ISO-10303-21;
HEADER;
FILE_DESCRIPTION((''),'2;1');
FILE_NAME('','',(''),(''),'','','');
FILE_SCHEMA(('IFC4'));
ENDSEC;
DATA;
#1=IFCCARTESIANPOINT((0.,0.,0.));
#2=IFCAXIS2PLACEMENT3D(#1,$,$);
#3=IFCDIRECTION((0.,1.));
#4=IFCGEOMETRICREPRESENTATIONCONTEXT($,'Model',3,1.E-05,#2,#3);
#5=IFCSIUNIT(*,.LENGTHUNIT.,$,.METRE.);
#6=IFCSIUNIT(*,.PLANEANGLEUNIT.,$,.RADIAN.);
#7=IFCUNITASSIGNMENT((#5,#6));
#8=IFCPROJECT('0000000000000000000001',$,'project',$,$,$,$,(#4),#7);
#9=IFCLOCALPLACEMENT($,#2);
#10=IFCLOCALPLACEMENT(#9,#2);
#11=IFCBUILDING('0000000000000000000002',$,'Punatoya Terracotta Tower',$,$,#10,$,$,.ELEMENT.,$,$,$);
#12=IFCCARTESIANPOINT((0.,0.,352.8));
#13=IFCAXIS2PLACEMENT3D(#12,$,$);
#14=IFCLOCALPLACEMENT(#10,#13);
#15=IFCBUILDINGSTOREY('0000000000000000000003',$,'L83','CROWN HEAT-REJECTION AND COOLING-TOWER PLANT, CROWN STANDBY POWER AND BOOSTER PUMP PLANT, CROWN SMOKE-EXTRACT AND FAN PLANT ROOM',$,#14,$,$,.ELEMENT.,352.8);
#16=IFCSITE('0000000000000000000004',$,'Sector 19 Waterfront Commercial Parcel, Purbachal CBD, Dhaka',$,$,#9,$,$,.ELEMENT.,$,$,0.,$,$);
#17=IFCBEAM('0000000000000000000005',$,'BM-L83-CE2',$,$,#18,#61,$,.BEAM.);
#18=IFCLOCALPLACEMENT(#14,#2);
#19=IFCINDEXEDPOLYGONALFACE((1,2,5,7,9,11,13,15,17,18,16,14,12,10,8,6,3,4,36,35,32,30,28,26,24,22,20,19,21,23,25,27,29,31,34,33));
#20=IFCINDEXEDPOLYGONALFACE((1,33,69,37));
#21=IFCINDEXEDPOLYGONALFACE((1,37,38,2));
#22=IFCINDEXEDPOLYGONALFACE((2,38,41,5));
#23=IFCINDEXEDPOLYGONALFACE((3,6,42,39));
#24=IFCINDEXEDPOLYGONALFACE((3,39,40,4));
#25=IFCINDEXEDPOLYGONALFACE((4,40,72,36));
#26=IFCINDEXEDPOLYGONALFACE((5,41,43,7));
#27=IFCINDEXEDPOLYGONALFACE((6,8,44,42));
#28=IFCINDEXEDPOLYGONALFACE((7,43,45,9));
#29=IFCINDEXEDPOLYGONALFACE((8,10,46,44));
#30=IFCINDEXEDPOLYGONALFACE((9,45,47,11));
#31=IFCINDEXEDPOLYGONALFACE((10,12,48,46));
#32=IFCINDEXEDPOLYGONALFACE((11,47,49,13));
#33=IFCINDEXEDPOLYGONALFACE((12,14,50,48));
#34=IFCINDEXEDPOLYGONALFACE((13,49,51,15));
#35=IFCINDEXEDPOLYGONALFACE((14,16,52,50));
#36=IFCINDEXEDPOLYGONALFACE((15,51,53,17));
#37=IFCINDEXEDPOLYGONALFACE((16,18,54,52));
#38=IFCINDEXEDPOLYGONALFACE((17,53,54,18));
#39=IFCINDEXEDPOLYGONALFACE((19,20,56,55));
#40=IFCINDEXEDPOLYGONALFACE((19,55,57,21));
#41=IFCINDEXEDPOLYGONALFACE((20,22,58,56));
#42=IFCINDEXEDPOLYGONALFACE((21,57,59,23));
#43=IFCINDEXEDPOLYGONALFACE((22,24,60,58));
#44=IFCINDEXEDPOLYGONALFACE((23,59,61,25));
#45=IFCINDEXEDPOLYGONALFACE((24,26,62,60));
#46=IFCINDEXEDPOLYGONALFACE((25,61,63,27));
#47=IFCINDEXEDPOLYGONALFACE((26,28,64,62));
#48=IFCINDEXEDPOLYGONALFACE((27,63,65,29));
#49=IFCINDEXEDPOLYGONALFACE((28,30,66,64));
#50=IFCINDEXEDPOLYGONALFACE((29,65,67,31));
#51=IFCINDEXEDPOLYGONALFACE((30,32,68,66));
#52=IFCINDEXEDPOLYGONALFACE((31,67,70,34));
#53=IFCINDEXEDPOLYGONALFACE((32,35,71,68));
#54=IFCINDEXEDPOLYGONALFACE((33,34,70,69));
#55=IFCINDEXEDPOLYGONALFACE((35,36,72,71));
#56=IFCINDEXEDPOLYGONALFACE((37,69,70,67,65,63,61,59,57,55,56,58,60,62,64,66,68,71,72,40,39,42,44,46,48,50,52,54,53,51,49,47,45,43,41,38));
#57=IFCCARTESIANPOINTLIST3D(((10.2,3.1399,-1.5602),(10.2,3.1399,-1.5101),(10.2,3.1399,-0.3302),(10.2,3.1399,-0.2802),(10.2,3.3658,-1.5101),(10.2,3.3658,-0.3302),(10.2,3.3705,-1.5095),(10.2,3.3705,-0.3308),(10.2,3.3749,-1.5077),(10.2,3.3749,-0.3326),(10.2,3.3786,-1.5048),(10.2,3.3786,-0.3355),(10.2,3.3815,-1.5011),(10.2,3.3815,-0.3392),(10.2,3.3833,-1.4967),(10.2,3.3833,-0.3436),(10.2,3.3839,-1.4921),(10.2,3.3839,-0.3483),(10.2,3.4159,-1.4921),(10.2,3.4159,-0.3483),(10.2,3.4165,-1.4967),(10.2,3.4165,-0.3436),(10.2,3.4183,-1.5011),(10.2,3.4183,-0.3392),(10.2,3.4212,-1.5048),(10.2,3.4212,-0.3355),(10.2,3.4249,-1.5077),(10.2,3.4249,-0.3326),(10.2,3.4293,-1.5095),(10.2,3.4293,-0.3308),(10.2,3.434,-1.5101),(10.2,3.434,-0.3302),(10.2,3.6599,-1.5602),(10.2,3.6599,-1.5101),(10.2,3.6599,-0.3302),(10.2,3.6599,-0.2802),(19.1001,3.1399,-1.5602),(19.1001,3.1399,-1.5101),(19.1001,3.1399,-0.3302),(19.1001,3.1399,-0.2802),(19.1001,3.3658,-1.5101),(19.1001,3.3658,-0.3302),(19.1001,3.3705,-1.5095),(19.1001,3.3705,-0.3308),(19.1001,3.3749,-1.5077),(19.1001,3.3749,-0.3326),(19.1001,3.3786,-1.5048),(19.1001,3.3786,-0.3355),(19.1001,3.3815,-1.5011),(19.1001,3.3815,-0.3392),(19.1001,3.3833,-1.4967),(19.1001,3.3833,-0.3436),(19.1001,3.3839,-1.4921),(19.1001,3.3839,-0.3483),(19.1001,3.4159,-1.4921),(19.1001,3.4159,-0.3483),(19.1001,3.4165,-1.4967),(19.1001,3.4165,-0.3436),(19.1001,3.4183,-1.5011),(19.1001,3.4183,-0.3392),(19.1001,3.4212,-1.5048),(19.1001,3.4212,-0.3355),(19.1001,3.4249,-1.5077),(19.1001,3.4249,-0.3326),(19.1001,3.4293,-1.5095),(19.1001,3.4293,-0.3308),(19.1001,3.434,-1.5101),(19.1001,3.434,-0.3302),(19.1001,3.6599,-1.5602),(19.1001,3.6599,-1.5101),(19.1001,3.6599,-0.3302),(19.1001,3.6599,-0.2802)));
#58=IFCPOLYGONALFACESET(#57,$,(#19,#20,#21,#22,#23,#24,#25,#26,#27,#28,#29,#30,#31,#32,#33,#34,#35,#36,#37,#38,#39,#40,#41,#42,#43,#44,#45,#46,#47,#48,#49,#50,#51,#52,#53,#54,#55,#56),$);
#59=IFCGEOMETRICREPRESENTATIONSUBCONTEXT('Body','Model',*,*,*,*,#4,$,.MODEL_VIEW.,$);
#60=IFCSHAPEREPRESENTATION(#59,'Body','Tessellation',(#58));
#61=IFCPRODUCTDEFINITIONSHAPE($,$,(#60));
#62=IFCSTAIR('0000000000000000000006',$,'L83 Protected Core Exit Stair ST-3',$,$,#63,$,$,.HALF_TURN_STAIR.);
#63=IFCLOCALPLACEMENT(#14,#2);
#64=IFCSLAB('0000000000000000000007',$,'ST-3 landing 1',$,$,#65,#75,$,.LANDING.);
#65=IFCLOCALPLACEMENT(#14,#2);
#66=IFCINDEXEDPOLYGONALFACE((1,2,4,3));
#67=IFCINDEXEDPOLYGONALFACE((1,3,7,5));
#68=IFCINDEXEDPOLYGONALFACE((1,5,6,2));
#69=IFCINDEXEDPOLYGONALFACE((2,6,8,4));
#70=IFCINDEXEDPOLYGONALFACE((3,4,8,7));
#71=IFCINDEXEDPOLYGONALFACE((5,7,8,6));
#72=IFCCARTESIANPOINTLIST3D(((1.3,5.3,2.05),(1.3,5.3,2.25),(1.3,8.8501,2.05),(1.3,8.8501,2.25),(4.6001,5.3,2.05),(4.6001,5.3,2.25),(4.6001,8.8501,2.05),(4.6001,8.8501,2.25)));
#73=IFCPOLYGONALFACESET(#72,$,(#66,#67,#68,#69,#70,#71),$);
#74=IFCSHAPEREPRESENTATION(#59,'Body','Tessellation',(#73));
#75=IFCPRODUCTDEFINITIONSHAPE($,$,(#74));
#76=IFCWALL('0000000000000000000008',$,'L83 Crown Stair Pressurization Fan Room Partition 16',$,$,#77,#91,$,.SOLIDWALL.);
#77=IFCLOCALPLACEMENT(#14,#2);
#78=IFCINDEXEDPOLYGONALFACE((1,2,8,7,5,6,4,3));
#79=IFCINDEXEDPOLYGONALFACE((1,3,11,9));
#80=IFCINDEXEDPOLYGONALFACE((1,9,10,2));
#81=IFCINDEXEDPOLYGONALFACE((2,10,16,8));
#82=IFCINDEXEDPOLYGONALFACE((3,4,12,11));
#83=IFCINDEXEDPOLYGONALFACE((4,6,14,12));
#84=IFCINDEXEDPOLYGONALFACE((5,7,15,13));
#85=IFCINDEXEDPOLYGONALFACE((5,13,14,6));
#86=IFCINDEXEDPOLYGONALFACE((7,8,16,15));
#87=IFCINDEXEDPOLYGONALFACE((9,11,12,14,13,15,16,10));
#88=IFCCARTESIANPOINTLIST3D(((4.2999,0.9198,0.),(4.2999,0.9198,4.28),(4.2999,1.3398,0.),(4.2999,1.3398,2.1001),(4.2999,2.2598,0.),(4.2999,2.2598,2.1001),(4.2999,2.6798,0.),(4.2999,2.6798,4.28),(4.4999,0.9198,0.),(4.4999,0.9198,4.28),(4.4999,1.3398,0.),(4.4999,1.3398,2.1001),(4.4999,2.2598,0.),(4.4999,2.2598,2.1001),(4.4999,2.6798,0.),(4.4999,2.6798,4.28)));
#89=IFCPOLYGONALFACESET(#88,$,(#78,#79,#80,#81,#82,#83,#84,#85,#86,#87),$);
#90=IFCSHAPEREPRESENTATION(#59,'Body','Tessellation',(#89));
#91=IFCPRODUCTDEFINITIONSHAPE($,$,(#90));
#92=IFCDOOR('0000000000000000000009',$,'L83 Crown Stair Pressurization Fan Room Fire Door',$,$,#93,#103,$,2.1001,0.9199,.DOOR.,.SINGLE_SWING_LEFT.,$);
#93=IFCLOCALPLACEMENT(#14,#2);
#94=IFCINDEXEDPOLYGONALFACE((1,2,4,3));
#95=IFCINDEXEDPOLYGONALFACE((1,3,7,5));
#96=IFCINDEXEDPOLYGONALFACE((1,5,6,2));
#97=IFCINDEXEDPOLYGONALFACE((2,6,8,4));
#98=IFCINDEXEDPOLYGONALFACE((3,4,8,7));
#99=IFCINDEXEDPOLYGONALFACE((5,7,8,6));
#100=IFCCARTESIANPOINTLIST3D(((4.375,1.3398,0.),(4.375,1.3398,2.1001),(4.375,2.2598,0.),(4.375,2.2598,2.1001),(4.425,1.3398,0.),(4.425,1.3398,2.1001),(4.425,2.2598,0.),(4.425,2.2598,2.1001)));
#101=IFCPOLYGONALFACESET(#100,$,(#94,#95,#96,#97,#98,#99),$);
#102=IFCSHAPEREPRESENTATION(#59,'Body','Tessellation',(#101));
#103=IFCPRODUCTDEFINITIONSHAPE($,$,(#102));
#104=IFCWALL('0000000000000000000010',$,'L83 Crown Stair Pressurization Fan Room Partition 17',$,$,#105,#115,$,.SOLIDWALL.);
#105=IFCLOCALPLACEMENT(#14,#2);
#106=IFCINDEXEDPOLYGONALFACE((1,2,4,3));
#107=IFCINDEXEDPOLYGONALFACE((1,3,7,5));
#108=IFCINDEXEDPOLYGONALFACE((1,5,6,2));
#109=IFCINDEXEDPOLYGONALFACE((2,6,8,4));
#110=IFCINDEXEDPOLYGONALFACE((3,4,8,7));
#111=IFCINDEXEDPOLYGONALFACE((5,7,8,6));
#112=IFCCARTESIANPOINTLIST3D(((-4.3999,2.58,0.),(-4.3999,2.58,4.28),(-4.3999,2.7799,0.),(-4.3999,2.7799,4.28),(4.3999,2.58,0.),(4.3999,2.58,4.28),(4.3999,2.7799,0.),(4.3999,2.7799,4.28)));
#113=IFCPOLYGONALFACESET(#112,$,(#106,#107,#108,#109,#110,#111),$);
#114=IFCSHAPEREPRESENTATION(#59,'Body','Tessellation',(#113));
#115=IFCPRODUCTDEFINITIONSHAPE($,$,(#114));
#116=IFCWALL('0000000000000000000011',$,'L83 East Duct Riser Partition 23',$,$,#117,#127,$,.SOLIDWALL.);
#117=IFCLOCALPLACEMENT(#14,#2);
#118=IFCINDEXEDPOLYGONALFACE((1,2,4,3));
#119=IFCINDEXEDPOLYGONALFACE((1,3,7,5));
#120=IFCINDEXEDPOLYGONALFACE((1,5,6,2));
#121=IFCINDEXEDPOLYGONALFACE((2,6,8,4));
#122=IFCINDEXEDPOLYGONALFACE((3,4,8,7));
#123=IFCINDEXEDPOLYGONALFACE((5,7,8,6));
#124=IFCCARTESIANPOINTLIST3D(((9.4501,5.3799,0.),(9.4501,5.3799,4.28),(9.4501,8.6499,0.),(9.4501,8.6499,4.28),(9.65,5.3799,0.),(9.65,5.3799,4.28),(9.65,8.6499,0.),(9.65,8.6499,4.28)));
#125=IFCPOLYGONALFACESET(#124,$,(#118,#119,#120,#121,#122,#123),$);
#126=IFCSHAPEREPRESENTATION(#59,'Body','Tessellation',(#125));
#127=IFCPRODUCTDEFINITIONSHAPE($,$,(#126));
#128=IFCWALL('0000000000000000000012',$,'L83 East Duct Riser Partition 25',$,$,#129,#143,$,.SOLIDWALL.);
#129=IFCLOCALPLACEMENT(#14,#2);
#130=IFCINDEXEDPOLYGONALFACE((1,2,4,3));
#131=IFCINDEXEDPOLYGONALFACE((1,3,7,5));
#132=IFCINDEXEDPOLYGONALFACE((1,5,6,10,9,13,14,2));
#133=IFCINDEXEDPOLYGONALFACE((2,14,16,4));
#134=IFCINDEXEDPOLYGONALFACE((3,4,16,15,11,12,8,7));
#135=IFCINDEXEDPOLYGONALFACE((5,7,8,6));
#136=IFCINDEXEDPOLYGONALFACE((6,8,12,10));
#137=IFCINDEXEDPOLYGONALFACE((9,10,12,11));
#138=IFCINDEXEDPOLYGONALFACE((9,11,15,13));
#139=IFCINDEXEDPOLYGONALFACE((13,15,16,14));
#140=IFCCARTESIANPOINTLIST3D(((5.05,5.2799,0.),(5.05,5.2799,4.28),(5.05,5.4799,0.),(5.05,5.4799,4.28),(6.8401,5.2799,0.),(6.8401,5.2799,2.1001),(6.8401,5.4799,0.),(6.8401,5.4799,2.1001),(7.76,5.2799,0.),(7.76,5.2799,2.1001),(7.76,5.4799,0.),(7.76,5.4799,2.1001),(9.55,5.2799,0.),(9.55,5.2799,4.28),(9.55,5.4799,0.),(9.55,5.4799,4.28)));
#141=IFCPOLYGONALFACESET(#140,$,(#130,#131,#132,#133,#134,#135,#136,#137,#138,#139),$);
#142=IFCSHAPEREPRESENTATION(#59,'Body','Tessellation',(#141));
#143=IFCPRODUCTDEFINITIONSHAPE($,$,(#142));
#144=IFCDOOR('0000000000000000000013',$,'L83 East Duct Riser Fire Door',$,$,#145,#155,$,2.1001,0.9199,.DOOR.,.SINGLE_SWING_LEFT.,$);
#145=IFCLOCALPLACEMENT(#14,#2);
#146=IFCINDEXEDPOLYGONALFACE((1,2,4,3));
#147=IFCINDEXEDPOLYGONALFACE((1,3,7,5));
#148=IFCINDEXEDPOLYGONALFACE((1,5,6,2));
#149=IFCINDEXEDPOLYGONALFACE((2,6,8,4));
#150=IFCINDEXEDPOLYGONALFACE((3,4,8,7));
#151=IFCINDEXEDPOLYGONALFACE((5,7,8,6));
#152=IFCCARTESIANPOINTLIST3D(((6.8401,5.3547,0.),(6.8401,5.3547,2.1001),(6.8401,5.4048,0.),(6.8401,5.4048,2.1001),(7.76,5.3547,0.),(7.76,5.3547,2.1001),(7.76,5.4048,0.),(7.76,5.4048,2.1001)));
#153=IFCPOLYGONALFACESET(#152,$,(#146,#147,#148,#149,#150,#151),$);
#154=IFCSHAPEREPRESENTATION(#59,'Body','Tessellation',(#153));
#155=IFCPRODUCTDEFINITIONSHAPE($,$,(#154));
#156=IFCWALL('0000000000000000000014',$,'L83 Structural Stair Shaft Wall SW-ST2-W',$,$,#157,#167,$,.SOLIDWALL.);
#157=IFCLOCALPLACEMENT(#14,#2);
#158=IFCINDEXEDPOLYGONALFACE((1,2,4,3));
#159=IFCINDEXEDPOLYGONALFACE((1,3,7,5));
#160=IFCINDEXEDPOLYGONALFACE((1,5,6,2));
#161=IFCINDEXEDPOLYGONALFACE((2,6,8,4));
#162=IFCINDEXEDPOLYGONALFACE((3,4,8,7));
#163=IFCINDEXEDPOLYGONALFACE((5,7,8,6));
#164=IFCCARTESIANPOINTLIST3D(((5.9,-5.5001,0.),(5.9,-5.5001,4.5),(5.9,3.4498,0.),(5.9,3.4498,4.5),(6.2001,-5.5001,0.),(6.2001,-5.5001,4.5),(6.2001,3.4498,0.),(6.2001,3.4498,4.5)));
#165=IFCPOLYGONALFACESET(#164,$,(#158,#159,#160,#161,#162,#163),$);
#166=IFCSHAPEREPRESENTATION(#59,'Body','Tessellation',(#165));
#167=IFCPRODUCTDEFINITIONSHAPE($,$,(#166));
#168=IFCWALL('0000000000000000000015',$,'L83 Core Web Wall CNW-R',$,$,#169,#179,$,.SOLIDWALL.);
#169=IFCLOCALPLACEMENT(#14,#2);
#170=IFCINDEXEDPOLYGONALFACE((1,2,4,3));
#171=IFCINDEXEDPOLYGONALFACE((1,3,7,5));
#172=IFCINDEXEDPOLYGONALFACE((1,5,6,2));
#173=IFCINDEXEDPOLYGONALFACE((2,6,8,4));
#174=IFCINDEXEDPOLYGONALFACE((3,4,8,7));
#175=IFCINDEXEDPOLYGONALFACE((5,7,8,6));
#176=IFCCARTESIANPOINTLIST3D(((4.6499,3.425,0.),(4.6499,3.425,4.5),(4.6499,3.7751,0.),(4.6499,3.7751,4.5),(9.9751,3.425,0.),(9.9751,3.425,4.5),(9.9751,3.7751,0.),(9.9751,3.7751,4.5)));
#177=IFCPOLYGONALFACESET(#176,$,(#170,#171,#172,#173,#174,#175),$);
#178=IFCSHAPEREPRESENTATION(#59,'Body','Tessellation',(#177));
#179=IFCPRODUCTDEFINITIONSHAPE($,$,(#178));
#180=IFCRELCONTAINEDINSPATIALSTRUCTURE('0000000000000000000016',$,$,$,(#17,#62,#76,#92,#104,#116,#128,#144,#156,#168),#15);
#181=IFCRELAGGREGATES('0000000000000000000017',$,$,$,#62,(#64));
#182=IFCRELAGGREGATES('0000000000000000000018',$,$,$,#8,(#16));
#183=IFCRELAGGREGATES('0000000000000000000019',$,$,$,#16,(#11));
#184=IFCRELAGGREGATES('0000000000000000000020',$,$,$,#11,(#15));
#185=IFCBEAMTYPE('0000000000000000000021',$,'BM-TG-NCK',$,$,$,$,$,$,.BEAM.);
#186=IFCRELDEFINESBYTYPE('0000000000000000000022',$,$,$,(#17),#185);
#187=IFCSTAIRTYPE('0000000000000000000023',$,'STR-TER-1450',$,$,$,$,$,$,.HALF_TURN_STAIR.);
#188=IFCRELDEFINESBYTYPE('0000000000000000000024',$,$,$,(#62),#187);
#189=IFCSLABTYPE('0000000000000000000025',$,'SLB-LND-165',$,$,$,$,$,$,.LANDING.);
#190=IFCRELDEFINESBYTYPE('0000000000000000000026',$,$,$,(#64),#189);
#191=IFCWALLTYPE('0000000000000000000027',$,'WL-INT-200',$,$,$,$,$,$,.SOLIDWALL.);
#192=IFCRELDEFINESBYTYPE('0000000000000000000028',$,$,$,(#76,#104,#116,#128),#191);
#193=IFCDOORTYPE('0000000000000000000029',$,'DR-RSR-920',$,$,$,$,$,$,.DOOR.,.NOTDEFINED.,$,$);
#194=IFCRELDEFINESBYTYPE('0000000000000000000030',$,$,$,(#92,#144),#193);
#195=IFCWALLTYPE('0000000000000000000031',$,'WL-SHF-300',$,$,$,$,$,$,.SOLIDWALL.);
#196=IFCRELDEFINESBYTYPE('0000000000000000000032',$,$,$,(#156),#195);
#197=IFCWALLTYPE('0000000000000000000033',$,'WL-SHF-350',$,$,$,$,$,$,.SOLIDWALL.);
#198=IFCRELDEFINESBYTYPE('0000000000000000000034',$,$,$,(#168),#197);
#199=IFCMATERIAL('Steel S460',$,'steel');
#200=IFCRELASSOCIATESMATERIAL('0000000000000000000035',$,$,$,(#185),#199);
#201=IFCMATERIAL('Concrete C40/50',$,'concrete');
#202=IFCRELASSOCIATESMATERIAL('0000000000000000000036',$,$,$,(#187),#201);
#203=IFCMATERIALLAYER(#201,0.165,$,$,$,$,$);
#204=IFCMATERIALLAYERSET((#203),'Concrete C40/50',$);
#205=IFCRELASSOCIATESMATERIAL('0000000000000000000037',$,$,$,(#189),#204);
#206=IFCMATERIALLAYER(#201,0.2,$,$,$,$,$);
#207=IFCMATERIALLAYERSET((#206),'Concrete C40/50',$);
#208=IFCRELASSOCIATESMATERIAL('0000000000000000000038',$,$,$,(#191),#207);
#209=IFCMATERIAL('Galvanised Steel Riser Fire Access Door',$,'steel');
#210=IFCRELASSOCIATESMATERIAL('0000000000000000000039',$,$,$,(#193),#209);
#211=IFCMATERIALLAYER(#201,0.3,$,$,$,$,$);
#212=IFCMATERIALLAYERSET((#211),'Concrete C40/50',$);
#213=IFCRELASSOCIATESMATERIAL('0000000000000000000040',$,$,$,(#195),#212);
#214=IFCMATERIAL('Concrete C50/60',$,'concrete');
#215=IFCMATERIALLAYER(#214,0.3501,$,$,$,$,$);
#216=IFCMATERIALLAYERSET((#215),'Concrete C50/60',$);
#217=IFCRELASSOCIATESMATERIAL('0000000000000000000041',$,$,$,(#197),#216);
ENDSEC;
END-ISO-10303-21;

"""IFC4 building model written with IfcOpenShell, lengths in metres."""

from ifc_helpers import new_model, si_unit, direction, frame, frame_2d, origin, origin_2d, place, context, subcontext, project, spatial, polyline, rectangle, i_section, outline, extrude, material, layer, layer_set, material_profile, profile_set, type_object, element, fill, aggregate, save


model = new_model("IFC4")

# Units and contexts
model_context = context("Model", 3, precision=1e-05, world=origin(), true_north=direction((0.0, 1.0)))
body_context = subcontext(model_context, "Body", "Model", "MODEL_VIEW")
ifc_project = project(units=[si_unit("LENGTHUNIT", "METRE"), si_unit("PLANEANGLEUNIT", "RADIAN")], contexts=[model_context])

# Site, building, storey
site_placement = place(None, origin())
site = spatial("IfcSite", under=ifc_project, at=site_placement, Name="Sector 19 Waterfront Commercial Parcel, Purbachal CBD, Dhaka", CompositionType="ELEMENT", RefElevation=0.0)
building_placement = place(site_placement, origin())
building = spatial("IfcBuilding", under=site, at=building_placement, Name="Punatoya Terracotta Tower", CompositionType="ELEMENT")
storey_placement = place(building_placement, frame((0.0, 0.0, 352.8)))
storey = spatial("IfcBuildingStorey", under=building, at=storey_placement, Name="L83", Description="CROWN HEAT-REJECTION AND COOLING-TOWER PLANT, CROWN STANDBY POWER AND BOOSTER PUMP PLANT, CROWN SMOKE-EXTRACT AND FAN PLANT ROOM", CompositionType="ELEMENT", Elevation=352.8)

# Beam
ifc_material_1 = material(Name="Steel S460", Category="steel")
ifc_material_profile_1 = material_profile(ifc_material_1, i_section(OverallWidth=0.52, OverallDepth=1.28, WebThickness=0.032, FlangeThickness=0.05, FilletRadius=0.0181, at=origin_2d()))
ifc_profile_set_1 = profile_set([ifc_material_profile_1], Name="Steel S460")
beam_type_1 = type_object("IfcBeamType", Name="BM-TG-NCK", PredefinedType="BEAM", material=ifc_profile_set_1)
beam_placement = place(storey_placement, frame((10.2, 3.3999, -0.9202), z_axis=(1.0, 0.0, 0.0), x_axis=(0.0, 1.0, 0.0)))
element("IfcBeam", 1, at=beam_placement, inside=storey, type_object=beam_type_1, Name="BM-L83-CE2", PredefinedType="BEAM", context=body_context, shape_type="SweptSolid", body=[
    extrude(i_section(OverallWidth=0.52, OverallDepth=1.28, WebThickness=0.032, FlangeThickness=0.05, FilletRadius=0.0181, at=origin_2d()), origin(), (0.0, 0.0, 1.0), 8.9001),
])

# Stair, slab
ifc_material_2 = material(Name="Concrete C40/50", Category="concrete")
stair_type_1 = type_object("IfcStairType", Name="STR-TER-1450", PredefinedType="HALF_TURN_STAIR", material=ifc_material_2)
stair_1_placement = place(storey_placement, origin())
stair_1 = element("IfcStair", 2, at=stair_1_placement, inside=storey, type_object=stair_type_1, Name="L83 Protected Core Exit Stair ST-3", PredefinedType="HALF_TURN_STAIR")
ifc_layer_1 = layer(ifc_material_2, 0.165)
ifc_layer_set_1 = layer_set([ifc_layer_1], Name="Concrete C40/50")
slab_type = type_object("IfcSlabType", Name="SLB-LND-165", PredefinedType="LANDING", material=ifc_layer_set_1)
slab_placement = place(storey_placement, frame((0.0, 0.0, 2.05)))
slab = element("IfcSlab", 3, at=slab_placement, type_object=slab_type, Name="ST-3 landing 1", PredefinedType="LANDING", context=body_context, shape_type="SweptSolid", body=[
    extrude(outline(polyline([(1.3, 5.3), (4.6001, 5.3), (4.6001, 8.8501), (1.3, 8.8501), (1.3, 5.3)])), origin(), (0.0, 0.0, 1.0), 0.2),
])
aggregate(stair_1, [slab])

# Wall, opening, door
ifc_layer_2 = layer(ifc_material_2, 0.2)
ifc_layer_set_2 = layer_set([ifc_layer_2], Name="Concrete C40/50")
wall_type_1 = type_object("IfcWallType", Name="WL-INT-200", PredefinedType="SOLIDWALL", material=ifc_layer_set_2)
wall_1_placement = place(storey_placement, frame((4.3999, 0.9199, 0.0), z_axis=(0.0, 0.0, 1.0), x_axis=(0.0, 1.0, 0.0)))
wall_1 = element("IfcWall", 4, at=wall_1_placement, inside=storey, type_object=wall_type_1, Name="L83 Crown Stair Pressurization Fan Room Partition 16", PredefinedType="SOLIDWALL", context=body_context, shape_type="SweptSolid", body=[
    extrude(rectangle(XDim=1.76, YDim=0.2, at=frame_2d((0.8799, 0.0))), origin(), (0.0, 0.0, 1.0), 4.28),
])
opening_1_placement = place(wall_1_placement, frame((0.4199, 0.0, 0.0)))
opening_1 = element("IfcOpeningElement", 5, at=opening_1_placement, cuts=wall_1, PredefinedType="OPENING", context=body_context, shape_type="SweptSolid", body=[
    extrude(rectangle(XDim=0.9199, YDim=2.1001, at=frame_2d((0.46, 1.05))), frame((0.0, 0.1099, 0.0), z_axis=(0.0, -1.0, 0.0), x_axis=(1.0, 0.0, 0.0)), (0.0, 0.0, 1.0), 0.22),
])
ifc_material_3 = material(Name="Galvanised Steel Riser Fire Access Door", Category="steel")
door_type = type_object("IfcDoorType", Name="DR-RSR-920", OperationType="NOTDEFINED", PredefinedType="DOOR", material=ifc_material_3)
door_1_placement = place(opening_1_placement, origin())
door_1 = element("IfcDoor", 6, at=door_1_placement, inside=storey, type_object=door_type, Name="L83 Crown Stair Pressurization Fan Room Fire Door", OperationType="SINGLE_SWING_LEFT", OverallHeight=2.1001, OverallWidth=0.9199, PredefinedType="DOOR", context=body_context, shape_type="SweptSolid", body=[
    extrude(rectangle(XDim=0.9199, YDim=2.1001, at=frame_2d((0.46, 1.05))), frame((0.0, 0.0249, 0.0), z_axis=(0.0, -1.0, 0.0), x_axis=(1.0, 0.0, 0.0)), (0.0, 0.0, 1.0), 0.05),
])
fill(opening_1, door_1)

# Walls
wall_2_placement = place(storey_placement, frame((4.3999, 2.6799, 0.0), z_axis=(0.0, 0.0, 1.0), x_axis=(-1.0, 0.0, 0.0)))
element("IfcWall", 7, at=wall_2_placement, inside=storey, type_object=wall_type_1, Name="L83 Crown Stair Pressurization Fan Room Partition 17", PredefinedType="SOLIDWALL", context=body_context, shape_type="SweptSolid", body=[
    extrude(rectangle(XDim=8.7998, YDim=0.2, at=frame_2d((4.3999, 0.0))), origin(), (0.0, 0.0, 1.0), 4.28),
])
wall_3_placement = place(storey_placement, frame((9.55, 5.3799, 0.0), z_axis=(0.0, 0.0, 1.0), x_axis=(0.0, 1.0, 0.0)))
element("IfcWall", 8, at=wall_3_placement, inside=storey, type_object=wall_type_1, Name="L83 East Duct Riser Partition 23", PredefinedType="SOLIDWALL", context=body_context, shape_type="SweptSolid", body=[
    extrude(rectangle(XDim=3.27, YDim=0.2, at=frame_2d((1.635, 0.0))), origin(), (0.0, 0.0, 1.0), 4.28),
])

# Wall, opening, door
wall_4_placement = place(storey_placement, frame((5.05, 5.3799, 0.0), z_axis=(0.0, 0.0, 1.0), x_axis=(1.0, 0.0, 0.0)))
wall_4 = element("IfcWall", 9, at=wall_4_placement, inside=storey, type_object=wall_type_1, Name="L83 East Duct Riser Partition 25", PredefinedType="SOLIDWALL", context=body_context, shape_type="SweptSolid", body=[
    extrude(rectangle(XDim=4.5, YDim=0.2, at=frame_2d((2.25, 0.0))), origin(), (0.0, 0.0, 1.0), 4.28),
])
opening_2_placement = place(wall_4_placement, frame((1.79, 0.0, 0.0)))
opening_2 = element("IfcOpeningElement", 10, at=opening_2_placement, cuts=wall_4, PredefinedType="OPENING", context=body_context, shape_type="SweptSolid", body=[
    extrude(rectangle(XDim=0.9199, YDim=2.1001, at=frame_2d((0.46, 1.05))), frame((0.0, 0.1099, 0.0), z_axis=(0.0, -1.0, 0.0), x_axis=(1.0, 0.0, 0.0)), (0.0, 0.0, 1.0), 0.22),
])
door_2_placement = place(opening_2_placement, origin())
door_2 = element("IfcDoor", 11, at=door_2_placement, inside=storey, type_object=door_type, Name="L83 East Duct Riser Fire Door", OperationType="SINGLE_SWING_LEFT", OverallHeight=2.1001, OverallWidth=0.9199, PredefinedType="DOOR", context=body_context, shape_type="SweptSolid", body=[
    extrude(rectangle(XDim=0.9199, YDim=2.1001, at=frame_2d((0.46, 1.05))), frame((0.0, 0.0249, 0.0), z_axis=(0.0, -1.0, 0.0), x_axis=(1.0, 0.0, 0.0)), (0.0, 0.0, 1.0), 0.05),
])
fill(opening_2, door_2)

# Walls
ifc_layer_3 = layer(ifc_material_2, 0.3)
ifc_layer_set_3 = layer_set([ifc_layer_3], Name="Concrete C40/50")
wall_type_2 = type_object("IfcWallType", Name="WL-SHF-300", PredefinedType="SOLIDWALL", material=ifc_layer_set_3)
wall_5_placement = place(storey_placement, frame((6.05, 3.45, 0.0), z_axis=(0.0, 0.0, 1.0), x_axis=(0.0, -1.0, 0.0)))
element("IfcWall", 12, at=wall_5_placement, inside=storey, type_object=wall_type_2, Name="L83 Structural Stair Shaft Wall SW-ST2-W", PredefinedType="SOLIDWALL", context=body_context, shape_type="SweptSolid", body=[
    extrude(rectangle(XDim=8.95, YDim=0.3, at=frame_2d((4.4751, 0.0))), origin(), (0.0, 0.0, 1.0), 4.5),
])
ifc_material_4 = material(Name="Concrete C50/60", Category="concrete")
ifc_layer_4 = layer(ifc_material_4, 0.3501)
ifc_layer_set_4 = layer_set([ifc_layer_4], Name="Concrete C50/60")
wall_type_3 = type_object("IfcWallType", Name="WL-SHF-350", PredefinedType="SOLIDWALL", material=ifc_layer_set_4)
wall_6_placement = place(storey_placement, frame((4.6499, 3.6001, 0.0), z_axis=(0.0, 0.0, 1.0), x_axis=(1.0, 0.0, 0.0)))
element("IfcWall", 13, at=wall_6_placement, inside=storey, type_object=wall_type_3, Name="L83 Core Web Wall CNW-R", PredefinedType="SOLIDWALL", context=body_context, shape_type="SweptSolid", body=[
    extrude(rectangle(XDim=5.3252, YDim=0.3501, at=frame_2d((2.6626, 0.0))), origin(), (0.0, 0.0, 1.0), 4.5),
])

save(model, "model.ifc")
